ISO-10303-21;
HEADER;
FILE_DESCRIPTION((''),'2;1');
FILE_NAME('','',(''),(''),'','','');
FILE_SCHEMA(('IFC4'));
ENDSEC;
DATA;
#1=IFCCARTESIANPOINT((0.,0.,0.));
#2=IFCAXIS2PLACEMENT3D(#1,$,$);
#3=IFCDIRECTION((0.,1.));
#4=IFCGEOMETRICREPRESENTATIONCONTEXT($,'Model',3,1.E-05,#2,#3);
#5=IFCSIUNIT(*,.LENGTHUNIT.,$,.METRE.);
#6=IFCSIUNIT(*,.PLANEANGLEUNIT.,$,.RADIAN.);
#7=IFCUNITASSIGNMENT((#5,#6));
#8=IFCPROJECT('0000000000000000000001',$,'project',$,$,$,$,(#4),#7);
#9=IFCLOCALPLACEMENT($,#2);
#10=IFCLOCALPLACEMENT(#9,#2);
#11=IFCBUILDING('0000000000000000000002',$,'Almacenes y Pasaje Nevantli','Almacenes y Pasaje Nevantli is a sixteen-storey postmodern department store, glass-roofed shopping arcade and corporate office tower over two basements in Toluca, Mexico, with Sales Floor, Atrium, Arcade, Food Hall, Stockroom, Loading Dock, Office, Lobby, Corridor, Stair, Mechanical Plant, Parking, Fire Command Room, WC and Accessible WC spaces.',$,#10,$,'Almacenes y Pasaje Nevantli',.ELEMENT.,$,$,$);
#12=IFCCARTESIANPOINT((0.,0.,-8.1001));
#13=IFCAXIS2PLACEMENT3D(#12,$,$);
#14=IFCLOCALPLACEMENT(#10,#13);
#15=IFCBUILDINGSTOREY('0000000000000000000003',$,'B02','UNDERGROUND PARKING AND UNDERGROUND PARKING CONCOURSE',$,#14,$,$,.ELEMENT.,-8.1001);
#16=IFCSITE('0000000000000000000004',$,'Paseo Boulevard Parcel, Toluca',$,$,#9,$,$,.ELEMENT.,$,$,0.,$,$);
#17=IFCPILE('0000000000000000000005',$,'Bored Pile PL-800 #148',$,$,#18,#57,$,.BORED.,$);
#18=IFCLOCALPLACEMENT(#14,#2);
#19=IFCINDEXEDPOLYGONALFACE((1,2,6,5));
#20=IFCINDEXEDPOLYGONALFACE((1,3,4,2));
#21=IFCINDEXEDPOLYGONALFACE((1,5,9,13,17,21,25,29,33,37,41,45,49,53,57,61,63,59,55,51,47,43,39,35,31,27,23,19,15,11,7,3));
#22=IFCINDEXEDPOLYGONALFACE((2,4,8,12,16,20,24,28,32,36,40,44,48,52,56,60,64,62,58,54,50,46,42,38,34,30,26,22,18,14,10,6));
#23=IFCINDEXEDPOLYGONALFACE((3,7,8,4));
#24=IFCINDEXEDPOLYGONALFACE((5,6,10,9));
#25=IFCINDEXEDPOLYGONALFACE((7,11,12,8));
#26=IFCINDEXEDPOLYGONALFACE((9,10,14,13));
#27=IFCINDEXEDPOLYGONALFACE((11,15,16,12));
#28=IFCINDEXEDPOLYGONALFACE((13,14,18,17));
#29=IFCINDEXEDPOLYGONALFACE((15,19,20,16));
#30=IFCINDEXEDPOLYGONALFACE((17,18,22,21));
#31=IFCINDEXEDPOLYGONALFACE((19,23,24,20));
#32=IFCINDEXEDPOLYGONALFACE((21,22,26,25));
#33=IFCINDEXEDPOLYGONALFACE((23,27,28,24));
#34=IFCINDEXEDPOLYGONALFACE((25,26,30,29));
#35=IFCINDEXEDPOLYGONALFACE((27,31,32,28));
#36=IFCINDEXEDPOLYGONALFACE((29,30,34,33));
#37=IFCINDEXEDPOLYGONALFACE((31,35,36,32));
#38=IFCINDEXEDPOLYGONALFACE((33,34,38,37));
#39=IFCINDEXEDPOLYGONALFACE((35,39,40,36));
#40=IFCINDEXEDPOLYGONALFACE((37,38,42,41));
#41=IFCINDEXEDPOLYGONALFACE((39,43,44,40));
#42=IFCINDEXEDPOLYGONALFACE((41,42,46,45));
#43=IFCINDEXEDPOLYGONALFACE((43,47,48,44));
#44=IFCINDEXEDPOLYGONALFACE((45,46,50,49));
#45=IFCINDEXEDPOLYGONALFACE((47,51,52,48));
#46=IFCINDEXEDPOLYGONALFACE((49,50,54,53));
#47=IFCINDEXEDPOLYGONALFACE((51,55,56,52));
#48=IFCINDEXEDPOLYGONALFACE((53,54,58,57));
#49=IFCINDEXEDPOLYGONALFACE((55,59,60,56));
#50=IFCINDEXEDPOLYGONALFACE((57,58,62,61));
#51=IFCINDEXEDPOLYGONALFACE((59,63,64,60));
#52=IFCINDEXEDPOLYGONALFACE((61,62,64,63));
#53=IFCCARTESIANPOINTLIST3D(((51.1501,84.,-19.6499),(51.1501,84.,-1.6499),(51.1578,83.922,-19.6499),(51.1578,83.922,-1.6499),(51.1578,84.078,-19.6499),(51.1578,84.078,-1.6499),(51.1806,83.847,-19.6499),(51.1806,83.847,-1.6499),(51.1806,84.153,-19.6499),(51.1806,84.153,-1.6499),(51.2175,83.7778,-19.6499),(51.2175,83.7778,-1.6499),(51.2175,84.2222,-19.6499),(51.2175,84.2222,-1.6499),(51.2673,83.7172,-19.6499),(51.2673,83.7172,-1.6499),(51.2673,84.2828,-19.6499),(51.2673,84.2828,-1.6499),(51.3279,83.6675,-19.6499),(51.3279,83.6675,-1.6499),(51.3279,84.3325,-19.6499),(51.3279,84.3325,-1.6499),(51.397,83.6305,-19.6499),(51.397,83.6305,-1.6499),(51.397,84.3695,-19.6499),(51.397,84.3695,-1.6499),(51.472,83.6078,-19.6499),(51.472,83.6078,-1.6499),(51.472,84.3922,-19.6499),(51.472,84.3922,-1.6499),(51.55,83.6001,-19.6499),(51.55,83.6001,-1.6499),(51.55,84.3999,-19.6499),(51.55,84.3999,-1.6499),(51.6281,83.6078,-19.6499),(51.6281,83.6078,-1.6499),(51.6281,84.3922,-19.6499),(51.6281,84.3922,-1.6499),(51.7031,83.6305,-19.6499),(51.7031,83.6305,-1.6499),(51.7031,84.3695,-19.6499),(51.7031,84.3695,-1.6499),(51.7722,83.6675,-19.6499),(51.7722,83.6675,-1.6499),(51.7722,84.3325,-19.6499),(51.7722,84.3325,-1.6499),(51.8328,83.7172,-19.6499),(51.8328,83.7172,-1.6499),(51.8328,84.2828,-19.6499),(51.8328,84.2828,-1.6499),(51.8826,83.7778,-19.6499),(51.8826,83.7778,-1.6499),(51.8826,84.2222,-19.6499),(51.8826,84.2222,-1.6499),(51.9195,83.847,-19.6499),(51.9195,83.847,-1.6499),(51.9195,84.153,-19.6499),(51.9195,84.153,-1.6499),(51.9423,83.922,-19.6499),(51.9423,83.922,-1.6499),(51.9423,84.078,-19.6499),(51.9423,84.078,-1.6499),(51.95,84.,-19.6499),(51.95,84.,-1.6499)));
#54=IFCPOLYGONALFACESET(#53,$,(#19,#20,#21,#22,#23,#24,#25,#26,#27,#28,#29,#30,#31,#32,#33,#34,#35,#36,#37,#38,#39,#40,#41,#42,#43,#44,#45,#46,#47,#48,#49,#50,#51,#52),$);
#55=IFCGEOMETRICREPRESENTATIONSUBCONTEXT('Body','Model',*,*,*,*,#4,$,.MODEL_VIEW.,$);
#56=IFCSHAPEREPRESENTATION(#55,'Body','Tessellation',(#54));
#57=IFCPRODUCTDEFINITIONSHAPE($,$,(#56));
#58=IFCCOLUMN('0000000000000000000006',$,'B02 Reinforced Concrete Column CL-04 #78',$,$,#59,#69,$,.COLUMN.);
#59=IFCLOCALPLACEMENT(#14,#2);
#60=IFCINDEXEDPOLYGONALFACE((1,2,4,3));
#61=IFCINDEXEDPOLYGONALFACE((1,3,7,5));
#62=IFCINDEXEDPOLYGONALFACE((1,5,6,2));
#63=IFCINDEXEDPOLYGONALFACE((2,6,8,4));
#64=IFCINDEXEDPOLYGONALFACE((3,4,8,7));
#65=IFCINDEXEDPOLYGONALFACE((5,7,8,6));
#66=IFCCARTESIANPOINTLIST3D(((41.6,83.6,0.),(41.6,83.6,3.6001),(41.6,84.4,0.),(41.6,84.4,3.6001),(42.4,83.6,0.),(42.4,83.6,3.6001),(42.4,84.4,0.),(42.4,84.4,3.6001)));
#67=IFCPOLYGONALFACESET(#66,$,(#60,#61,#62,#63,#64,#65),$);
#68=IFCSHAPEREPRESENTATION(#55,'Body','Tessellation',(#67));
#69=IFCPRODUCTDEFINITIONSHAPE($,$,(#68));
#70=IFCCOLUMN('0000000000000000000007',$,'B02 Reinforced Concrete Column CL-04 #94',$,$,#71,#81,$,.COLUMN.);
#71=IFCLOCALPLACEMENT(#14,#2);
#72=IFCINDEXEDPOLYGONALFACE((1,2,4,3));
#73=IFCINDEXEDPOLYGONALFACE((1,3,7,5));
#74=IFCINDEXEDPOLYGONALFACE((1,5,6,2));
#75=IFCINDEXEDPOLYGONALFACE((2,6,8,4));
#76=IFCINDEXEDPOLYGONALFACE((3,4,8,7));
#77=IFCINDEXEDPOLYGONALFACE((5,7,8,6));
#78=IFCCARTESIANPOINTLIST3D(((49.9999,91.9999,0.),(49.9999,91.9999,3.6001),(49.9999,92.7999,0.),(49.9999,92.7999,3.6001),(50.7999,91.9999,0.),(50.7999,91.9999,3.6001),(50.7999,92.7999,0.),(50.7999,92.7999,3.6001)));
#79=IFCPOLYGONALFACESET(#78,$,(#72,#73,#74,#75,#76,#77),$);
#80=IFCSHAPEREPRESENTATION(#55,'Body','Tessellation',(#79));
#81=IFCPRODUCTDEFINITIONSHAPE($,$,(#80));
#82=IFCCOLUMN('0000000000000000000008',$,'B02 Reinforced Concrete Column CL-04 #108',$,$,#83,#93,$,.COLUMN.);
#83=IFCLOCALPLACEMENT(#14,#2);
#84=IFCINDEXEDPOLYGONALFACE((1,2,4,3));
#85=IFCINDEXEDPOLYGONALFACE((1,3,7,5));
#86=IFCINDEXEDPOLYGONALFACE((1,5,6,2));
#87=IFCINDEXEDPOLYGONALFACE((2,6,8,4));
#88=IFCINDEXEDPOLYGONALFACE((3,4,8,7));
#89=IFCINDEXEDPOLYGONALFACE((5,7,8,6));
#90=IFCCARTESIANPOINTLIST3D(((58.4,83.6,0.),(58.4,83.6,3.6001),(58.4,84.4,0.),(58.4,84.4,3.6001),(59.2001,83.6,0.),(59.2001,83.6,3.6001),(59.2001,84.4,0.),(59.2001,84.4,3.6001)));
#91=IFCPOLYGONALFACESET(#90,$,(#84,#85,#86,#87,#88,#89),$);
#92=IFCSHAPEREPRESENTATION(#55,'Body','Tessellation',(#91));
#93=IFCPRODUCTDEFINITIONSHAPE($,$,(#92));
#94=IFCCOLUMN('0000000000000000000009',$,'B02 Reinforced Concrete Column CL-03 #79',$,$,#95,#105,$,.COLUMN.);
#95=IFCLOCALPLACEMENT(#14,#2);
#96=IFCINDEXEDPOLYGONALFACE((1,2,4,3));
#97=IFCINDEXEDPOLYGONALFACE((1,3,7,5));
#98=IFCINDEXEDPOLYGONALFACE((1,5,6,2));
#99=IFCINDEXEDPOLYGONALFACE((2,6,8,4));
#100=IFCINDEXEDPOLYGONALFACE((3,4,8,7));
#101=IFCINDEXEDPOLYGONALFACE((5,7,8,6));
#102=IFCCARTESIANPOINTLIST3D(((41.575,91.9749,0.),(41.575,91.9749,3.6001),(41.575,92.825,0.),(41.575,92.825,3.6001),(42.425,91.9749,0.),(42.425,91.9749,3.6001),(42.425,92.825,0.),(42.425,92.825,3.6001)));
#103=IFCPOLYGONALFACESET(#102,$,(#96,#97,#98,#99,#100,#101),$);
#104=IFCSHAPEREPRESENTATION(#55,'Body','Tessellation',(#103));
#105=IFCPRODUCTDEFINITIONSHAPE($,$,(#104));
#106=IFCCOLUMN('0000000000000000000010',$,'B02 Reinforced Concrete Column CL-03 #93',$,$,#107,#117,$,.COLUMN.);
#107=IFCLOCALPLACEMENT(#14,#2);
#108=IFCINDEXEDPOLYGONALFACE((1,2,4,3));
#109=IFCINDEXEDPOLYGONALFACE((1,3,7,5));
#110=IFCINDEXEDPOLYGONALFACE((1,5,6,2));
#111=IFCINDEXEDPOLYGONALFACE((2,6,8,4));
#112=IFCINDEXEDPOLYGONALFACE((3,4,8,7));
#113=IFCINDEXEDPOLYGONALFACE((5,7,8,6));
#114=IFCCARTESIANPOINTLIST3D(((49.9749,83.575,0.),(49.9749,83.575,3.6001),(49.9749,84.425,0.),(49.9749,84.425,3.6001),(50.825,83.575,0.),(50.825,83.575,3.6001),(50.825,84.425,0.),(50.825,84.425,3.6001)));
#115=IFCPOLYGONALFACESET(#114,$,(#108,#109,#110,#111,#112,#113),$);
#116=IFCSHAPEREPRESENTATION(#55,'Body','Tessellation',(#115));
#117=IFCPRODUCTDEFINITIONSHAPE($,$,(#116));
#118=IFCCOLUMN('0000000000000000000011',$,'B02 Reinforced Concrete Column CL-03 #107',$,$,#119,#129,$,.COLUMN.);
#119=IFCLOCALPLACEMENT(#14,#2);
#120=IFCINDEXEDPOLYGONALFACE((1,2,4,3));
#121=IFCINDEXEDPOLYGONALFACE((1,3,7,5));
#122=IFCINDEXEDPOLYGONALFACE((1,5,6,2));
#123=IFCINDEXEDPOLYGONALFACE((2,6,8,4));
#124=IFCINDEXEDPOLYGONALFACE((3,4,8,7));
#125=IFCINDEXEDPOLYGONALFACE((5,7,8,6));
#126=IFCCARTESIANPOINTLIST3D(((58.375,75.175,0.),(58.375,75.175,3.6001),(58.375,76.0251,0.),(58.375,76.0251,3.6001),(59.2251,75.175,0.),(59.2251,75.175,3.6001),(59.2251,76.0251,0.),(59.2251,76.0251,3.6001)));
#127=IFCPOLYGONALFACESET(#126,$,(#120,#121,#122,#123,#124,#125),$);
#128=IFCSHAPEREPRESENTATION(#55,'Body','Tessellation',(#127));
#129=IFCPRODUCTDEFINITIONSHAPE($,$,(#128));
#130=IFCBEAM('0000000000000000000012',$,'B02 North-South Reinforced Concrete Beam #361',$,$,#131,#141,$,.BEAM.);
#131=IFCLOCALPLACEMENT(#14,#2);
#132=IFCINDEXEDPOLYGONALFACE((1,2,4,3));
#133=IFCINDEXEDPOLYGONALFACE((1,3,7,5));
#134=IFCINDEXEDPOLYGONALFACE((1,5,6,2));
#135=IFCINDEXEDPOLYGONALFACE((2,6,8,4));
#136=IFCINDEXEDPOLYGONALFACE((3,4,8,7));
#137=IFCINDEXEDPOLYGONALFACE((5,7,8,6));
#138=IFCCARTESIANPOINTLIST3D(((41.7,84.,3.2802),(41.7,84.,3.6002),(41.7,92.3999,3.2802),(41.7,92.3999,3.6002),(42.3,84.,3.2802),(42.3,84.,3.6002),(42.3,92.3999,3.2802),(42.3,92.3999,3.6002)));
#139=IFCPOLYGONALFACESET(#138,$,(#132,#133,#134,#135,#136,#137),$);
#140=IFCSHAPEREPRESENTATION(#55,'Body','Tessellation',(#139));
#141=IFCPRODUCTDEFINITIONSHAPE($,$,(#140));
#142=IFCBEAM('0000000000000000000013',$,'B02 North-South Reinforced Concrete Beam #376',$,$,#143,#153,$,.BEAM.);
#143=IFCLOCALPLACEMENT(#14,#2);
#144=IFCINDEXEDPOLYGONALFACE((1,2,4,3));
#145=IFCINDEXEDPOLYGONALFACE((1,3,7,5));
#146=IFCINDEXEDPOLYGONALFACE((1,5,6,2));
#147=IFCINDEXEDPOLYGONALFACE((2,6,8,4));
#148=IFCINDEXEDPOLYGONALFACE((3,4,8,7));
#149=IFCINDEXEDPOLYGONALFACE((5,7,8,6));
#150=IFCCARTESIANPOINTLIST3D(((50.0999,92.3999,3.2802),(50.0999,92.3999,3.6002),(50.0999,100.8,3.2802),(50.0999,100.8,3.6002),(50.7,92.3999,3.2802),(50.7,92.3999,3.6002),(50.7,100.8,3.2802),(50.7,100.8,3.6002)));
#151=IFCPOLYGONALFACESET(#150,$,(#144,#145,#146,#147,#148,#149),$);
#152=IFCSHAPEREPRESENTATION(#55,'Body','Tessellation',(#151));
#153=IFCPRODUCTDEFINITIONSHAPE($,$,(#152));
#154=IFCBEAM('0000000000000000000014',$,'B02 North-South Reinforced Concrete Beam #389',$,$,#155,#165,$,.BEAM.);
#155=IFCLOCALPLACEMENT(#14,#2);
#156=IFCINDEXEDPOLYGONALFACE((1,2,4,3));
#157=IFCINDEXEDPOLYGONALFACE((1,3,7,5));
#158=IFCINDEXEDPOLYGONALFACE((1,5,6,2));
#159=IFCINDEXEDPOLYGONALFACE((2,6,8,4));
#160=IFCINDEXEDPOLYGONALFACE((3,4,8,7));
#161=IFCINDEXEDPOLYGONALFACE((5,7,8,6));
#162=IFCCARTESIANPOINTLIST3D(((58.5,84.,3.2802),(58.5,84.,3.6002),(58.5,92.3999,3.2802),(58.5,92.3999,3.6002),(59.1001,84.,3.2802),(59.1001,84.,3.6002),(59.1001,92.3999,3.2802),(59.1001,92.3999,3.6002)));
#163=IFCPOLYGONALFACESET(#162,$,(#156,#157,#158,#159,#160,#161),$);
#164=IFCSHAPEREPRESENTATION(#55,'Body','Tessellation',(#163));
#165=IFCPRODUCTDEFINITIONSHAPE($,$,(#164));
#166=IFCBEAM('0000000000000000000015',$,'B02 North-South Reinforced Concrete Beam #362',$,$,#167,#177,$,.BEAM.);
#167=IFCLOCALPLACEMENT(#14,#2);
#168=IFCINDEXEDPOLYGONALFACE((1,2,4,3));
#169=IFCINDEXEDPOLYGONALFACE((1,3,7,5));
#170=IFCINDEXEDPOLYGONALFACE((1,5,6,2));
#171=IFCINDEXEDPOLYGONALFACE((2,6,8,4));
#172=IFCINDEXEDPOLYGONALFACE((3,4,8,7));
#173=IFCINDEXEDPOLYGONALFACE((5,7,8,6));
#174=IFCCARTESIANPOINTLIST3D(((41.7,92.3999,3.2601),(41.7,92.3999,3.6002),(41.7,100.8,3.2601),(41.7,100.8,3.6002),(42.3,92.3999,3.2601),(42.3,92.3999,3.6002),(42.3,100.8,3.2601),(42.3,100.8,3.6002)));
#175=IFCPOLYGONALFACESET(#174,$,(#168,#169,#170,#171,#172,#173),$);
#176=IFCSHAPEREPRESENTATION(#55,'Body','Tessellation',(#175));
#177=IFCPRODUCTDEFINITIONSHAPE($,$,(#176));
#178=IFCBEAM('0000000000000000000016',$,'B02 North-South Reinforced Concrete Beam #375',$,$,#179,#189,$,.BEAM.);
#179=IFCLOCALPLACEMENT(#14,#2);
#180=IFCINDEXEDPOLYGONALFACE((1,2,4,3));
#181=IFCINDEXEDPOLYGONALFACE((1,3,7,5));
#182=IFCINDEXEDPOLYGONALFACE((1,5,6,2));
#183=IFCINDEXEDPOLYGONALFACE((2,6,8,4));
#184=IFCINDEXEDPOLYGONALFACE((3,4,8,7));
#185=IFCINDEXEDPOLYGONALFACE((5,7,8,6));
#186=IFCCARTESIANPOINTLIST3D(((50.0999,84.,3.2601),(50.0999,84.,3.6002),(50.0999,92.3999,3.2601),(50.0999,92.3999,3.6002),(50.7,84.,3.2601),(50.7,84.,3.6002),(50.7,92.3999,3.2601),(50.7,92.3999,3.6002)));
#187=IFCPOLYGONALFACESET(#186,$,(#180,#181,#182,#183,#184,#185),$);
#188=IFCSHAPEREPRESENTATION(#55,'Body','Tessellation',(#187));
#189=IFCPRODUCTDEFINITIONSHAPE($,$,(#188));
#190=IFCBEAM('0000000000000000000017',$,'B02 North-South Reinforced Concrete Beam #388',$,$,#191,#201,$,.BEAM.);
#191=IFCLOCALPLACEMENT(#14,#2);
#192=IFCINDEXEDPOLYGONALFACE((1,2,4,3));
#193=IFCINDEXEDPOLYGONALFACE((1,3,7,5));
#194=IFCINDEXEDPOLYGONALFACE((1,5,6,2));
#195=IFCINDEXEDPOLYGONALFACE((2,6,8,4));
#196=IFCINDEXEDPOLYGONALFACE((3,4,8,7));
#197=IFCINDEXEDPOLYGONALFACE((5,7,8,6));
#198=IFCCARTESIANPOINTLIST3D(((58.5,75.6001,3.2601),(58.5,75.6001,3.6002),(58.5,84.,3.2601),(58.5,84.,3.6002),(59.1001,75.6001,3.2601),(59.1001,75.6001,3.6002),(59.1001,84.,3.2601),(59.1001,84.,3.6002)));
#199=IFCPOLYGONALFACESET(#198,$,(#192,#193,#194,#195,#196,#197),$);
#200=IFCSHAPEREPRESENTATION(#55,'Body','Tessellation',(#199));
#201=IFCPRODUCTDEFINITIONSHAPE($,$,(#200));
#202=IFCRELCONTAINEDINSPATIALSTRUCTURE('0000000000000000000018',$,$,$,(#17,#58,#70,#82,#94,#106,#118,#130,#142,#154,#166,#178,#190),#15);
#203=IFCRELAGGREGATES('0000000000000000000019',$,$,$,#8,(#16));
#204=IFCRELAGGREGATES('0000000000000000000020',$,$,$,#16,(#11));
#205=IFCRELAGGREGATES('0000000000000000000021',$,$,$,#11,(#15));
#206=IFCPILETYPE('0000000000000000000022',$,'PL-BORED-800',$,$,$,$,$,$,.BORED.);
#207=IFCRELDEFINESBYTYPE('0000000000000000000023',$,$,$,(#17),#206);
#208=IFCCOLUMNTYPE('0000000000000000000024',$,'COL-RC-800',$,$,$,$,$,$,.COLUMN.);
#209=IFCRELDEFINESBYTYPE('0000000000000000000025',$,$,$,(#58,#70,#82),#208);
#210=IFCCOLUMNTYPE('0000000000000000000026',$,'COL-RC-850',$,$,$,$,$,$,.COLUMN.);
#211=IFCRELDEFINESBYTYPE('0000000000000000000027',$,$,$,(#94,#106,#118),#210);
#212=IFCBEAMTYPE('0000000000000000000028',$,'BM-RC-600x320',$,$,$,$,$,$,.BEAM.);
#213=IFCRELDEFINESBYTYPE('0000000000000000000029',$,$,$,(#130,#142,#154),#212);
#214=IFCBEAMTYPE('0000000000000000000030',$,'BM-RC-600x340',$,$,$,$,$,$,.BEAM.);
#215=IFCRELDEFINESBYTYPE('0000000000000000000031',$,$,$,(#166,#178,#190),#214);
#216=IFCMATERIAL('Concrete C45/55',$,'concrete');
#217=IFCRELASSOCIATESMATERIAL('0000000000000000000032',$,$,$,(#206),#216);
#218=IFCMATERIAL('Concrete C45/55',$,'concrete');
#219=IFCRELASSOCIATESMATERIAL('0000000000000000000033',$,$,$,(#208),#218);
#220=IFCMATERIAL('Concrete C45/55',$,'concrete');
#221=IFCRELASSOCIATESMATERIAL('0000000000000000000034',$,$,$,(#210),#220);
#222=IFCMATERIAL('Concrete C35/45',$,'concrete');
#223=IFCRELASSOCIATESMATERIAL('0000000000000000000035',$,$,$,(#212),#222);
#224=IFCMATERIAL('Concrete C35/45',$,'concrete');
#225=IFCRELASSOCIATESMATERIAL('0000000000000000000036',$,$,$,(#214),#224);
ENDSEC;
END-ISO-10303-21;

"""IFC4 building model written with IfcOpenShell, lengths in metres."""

from ifc_helpers import new_model, si_unit, direction, frame, origin, origin_2d, place, context, subcontext, project, spatial, rectangle, circle, extrude, material, material_profile, profile_set, type_object, element, save


model = new_model("IFC4")

# Units and contexts
model_context = context("Model", 3, precision=1e-05, world=origin(), true_north=direction((0.0, 1.0)))
body_context = subcontext(model_context, "Body", "Model", "MODEL_VIEW")
ifc_project = project(units=[si_unit("LENGTHUNIT", "METRE"), si_unit("PLANEANGLEUNIT", "RADIAN")], contexts=[model_context])

# Site, building, storey
site_placement = place(None, origin())
site = spatial("IfcSite", under=ifc_project, at=site_placement, Name="Paseo Boulevard Parcel, Toluca", CompositionType="ELEMENT", RefElevation=0.0)
building_placement = place(site_placement, origin())
building = spatial("IfcBuilding", under=site, at=building_placement, Name="Almacenes y Pasaje Nevantli", Description="Almacenes y Pasaje Nevantli is a sixteen-storey postmodern department store, glass-roofed shopping arcade and corporate office tower over two basements in Toluca, Mexico, with Sales Floor, Atrium, Arcade, Food Hall, Stockroom, Loading Dock, Office, Lobby, Corridor, Stair, Mechanical Plant, Parking, Fire Command Room, WC and Accessible WC spaces.", LongName="Almacenes y Pasaje Nevantli", CompositionType="ELEMENT")
storey_placement = place(building_placement, frame((0.0, 0.0, -8.1001)))
storey = spatial("IfcBuildingStorey", under=building, at=storey_placement, Name="B02", Description="UNDERGROUND PARKING AND UNDERGROUND PARKING CONCOURSE", CompositionType="ELEMENT", Elevation=-8.1001)

# Pile
ifc_material_1 = material(Name="Concrete C45/55", Category="concrete")
ifc_material_profile_1 = material_profile(ifc_material_1, circle(Radius=0.3999, at=origin_2d()), Name="RC-PILE-D800")
ifc_profile_set_1 = profile_set([ifc_material_profile_1], Name="Concrete C45/55")
pile_type_1 = type_object("IfcPileType", Name="PL-BORED-800", PredefinedType="BORED", material=ifc_profile_set_1)
for number, where, z_axis, x_axis, name in (
    (1, (51.55, 84.0, -1.6499), (0.0, 0.0, -1.0), (1.0, 0.0, 0.0), "Bored Pile PL-800 #148"),
):
    element("IfcPile", number, at=place(storey_placement, frame(where, z_axis=z_axis, x_axis=x_axis)), inside=storey, type_object=pile_type_1, Name=name, PredefinedType="BORED", context=body_context, shape_type="SweptSolid", body=[
        extrude(circle(Radius=0.3999, at=origin_2d()), origin(), (0.0, 0.0, 1.0), 18.0),
    ])

# Columns
ifc_material_2 = material(Name="Concrete C45/55", Category="concrete")
ifc_material_profile_2 = material_profile(ifc_material_2, rectangle(XDim=0.8, YDim=0.8, at=origin_2d()), Name="RC-COL-800x800")
ifc_profile_set_2 = profile_set([ifc_material_profile_2], Name="Concrete C45/55")
column_type_1 = type_object("IfcColumnType", Name="COL-RC-800", PredefinedType="COLUMN", material=ifc_profile_set_2)
for number, where, z_axis, x_axis, name in (
    (2, (42.0, 84.0, 0.0), (0.0, 0.0, 1.0), (1.0, 0.0, 0.0), "B02 Reinforced Concrete Column CL-04 #78"),
    (3, (50.3999, 92.3999, 0.0), (0.0, 0.0, 1.0), (1.0, 0.0, 0.0), "B02 Reinforced Concrete Column CL-04 #94"),
    (4, (58.8, 84.0, 0.0), (0.0, 0.0, 1.0), (1.0, 0.0, 0.0), "B02 Reinforced Concrete Column CL-04 #108"),
):
    element("IfcColumn", number, at=place(storey_placement, frame(where, z_axis=z_axis, x_axis=x_axis)), inside=storey, type_object=column_type_1, Name=name, PredefinedType="COLUMN", context=body_context, shape_type="SweptSolid", body=[
        extrude(rectangle(XDim=0.8, YDim=0.8, at=origin_2d()), origin(), (0.0, 0.0, 1.0), 3.6001),
    ])
ifc_material_3 = material(Name="Concrete C45/55", Category="concrete")
ifc_material_profile_3 = material_profile(ifc_material_3, rectangle(XDim=0.8501, YDim=0.8501, at=origin_2d()), Name="RC-COL-850x850")
ifc_profile_set_3 = profile_set([ifc_material_profile_3], Name="Concrete C45/55")
column_type_2 = type_object("IfcColumnType", Name="COL-RC-850", PredefinedType="COLUMN", material=ifc_profile_set_3)
for number, where, z_axis, x_axis, name in (
    (5, (42.0, 92.3999, 0.0), (0.0, 0.0, 1.0), (1.0, 0.0, 0.0), "B02 Reinforced Concrete Column CL-03 #79"),
    (6, (50.3999, 84.0, 0.0), (0.0, 0.0, 1.0), (1.0, 0.0, 0.0), "B02 Reinforced Concrete Column CL-03 #93"),
    (7, (58.8, 75.6001, 0.0), (0.0, 0.0, 1.0), (1.0, 0.0, 0.0), "B02 Reinforced Concrete Column CL-03 #107"),
):
    element("IfcColumn", number, at=place(storey_placement, frame(where, z_axis=z_axis, x_axis=x_axis)), inside=storey, type_object=column_type_2, Name=name, PredefinedType="COLUMN", context=body_context, shape_type="SweptSolid", body=[
        extrude(rectangle(XDim=0.8501, YDim=0.8501, at=origin_2d()), origin(), (0.0, 0.0, 1.0), 3.6001),
    ])

# Beams
ifc_material_4 = material(Name="Concrete C35/45", Category="concrete")
ifc_material_profile_4 = material_profile(ifc_material_4, rectangle(XDim=0.6001, YDim=0.3201, at=origin_2d()), Name="RC-BM-600x320")
ifc_profile_set_4 = profile_set([ifc_material_profile_4], Name="Concrete C35/45")
beam_type_1 = type_object("IfcBeamType", Name="BM-RC-600x320", PredefinedType="BEAM", material=ifc_profile_set_4)
beam_1_placement = place(storey_placement, frame((42.0, 84.0, 3.4402), z_axis=(0.0, 1.0, 0.0), x_axis=(-1.0, 0.0, 0.0)))
element("IfcBeam", 8, at=beam_1_placement, inside=storey, type_object=beam_type_1, Name="B02 North-South Reinforced Concrete Beam #361", PredefinedType="BEAM", context=body_context, shape_type="SweptSolid", body=[
    extrude(rectangle(XDim=0.6001, YDim=0.3201, at=origin_2d()), origin(), (0.0, 0.0, 1.0), 8.3999),
])
beam_2_placement = place(storey_placement, frame((50.3999, 92.3999, 3.4402), z_axis=(0.0, 1.0, 0.0), x_axis=(-1.0, 0.0, 0.0)))
element("IfcBeam", 9, at=beam_2_placement, inside=storey, type_object=beam_type_1, Name="B02 North-South Reinforced Concrete Beam #376", PredefinedType="BEAM", context=body_context, shape_type="SweptSolid", body=[
    extrude(rectangle(XDim=0.6001, YDim=0.3201, at=origin_2d()), origin(), (0.0, 0.0, 1.0), 8.4001),
])
beam_3_placement = place(storey_placement, frame((58.8, 84.0, 3.4402), z_axis=(0.0, 1.0, 0.0), x_axis=(-1.0, 0.0, 0.0)))
element("IfcBeam", 10, at=beam_3_placement, inside=storey, type_object=beam_type_1, Name="B02 North-South Reinforced Concrete Beam #389", PredefinedType="BEAM", context=body_context, shape_type="SweptSolid", body=[
    extrude(rectangle(XDim=0.6001, YDim=0.3201, at=origin_2d()), origin(), (0.0, 0.0, 1.0), 8.3999),
])
ifc_material_5 = material(Name="Concrete C35/45", Category="concrete")
ifc_material_profile_5 = material_profile(ifc_material_5, rectangle(XDim=0.6001, YDim=0.3401, at=origin_2d()), Name="RC-BM-600x340")
ifc_profile_set_5 = profile_set([ifc_material_profile_5], Name="Concrete C35/45")
beam_type_2 = type_object("IfcBeamType", Name="BM-RC-600x340", PredefinedType="BEAM", material=ifc_profile_set_5)
beam_4_placement = place(storey_placement, frame((42.0, 92.3999, 3.4302), z_axis=(0.0, 1.0, 0.0), x_axis=(-1.0, 0.0, 0.0)))
element("IfcBeam", 11, at=beam_4_placement, inside=storey, type_object=beam_type_2, Name="B02 North-South Reinforced Concrete Beam #362", PredefinedType="BEAM", context=body_context, shape_type="SweptSolid", body=[
    extrude(rectangle(XDim=0.6001, YDim=0.3401, at=origin_2d()), origin(), (0.0, 0.0, 1.0), 8.4001),
])
for number, where, z_axis, x_axis, name in (
    (12, (50.3999, 84.0, 3.4302), (0.0, 1.0, 0.0), (-1.0, 0.0, 0.0), "B02 North-South Reinforced Concrete Beam #375"),
    (13, (58.8, 75.6001, 3.4302), (0.0, 1.0, 0.0), (-1.0, 0.0, 0.0), "B02 North-South Reinforced Concrete Beam #388"),
):
    element("IfcBeam", number, at=place(storey_placement, frame(where, z_axis=z_axis, x_axis=x_axis)), inside=storey, type_object=beam_type_2, Name=name, PredefinedType="BEAM", context=body_context, shape_type="SweptSolid", body=[
        extrude(rectangle(XDim=0.6001, YDim=0.3401, at=origin_2d()), origin(), (0.0, 0.0, 1.0), 8.3999),
    ])

save(model, "model.ifc")
